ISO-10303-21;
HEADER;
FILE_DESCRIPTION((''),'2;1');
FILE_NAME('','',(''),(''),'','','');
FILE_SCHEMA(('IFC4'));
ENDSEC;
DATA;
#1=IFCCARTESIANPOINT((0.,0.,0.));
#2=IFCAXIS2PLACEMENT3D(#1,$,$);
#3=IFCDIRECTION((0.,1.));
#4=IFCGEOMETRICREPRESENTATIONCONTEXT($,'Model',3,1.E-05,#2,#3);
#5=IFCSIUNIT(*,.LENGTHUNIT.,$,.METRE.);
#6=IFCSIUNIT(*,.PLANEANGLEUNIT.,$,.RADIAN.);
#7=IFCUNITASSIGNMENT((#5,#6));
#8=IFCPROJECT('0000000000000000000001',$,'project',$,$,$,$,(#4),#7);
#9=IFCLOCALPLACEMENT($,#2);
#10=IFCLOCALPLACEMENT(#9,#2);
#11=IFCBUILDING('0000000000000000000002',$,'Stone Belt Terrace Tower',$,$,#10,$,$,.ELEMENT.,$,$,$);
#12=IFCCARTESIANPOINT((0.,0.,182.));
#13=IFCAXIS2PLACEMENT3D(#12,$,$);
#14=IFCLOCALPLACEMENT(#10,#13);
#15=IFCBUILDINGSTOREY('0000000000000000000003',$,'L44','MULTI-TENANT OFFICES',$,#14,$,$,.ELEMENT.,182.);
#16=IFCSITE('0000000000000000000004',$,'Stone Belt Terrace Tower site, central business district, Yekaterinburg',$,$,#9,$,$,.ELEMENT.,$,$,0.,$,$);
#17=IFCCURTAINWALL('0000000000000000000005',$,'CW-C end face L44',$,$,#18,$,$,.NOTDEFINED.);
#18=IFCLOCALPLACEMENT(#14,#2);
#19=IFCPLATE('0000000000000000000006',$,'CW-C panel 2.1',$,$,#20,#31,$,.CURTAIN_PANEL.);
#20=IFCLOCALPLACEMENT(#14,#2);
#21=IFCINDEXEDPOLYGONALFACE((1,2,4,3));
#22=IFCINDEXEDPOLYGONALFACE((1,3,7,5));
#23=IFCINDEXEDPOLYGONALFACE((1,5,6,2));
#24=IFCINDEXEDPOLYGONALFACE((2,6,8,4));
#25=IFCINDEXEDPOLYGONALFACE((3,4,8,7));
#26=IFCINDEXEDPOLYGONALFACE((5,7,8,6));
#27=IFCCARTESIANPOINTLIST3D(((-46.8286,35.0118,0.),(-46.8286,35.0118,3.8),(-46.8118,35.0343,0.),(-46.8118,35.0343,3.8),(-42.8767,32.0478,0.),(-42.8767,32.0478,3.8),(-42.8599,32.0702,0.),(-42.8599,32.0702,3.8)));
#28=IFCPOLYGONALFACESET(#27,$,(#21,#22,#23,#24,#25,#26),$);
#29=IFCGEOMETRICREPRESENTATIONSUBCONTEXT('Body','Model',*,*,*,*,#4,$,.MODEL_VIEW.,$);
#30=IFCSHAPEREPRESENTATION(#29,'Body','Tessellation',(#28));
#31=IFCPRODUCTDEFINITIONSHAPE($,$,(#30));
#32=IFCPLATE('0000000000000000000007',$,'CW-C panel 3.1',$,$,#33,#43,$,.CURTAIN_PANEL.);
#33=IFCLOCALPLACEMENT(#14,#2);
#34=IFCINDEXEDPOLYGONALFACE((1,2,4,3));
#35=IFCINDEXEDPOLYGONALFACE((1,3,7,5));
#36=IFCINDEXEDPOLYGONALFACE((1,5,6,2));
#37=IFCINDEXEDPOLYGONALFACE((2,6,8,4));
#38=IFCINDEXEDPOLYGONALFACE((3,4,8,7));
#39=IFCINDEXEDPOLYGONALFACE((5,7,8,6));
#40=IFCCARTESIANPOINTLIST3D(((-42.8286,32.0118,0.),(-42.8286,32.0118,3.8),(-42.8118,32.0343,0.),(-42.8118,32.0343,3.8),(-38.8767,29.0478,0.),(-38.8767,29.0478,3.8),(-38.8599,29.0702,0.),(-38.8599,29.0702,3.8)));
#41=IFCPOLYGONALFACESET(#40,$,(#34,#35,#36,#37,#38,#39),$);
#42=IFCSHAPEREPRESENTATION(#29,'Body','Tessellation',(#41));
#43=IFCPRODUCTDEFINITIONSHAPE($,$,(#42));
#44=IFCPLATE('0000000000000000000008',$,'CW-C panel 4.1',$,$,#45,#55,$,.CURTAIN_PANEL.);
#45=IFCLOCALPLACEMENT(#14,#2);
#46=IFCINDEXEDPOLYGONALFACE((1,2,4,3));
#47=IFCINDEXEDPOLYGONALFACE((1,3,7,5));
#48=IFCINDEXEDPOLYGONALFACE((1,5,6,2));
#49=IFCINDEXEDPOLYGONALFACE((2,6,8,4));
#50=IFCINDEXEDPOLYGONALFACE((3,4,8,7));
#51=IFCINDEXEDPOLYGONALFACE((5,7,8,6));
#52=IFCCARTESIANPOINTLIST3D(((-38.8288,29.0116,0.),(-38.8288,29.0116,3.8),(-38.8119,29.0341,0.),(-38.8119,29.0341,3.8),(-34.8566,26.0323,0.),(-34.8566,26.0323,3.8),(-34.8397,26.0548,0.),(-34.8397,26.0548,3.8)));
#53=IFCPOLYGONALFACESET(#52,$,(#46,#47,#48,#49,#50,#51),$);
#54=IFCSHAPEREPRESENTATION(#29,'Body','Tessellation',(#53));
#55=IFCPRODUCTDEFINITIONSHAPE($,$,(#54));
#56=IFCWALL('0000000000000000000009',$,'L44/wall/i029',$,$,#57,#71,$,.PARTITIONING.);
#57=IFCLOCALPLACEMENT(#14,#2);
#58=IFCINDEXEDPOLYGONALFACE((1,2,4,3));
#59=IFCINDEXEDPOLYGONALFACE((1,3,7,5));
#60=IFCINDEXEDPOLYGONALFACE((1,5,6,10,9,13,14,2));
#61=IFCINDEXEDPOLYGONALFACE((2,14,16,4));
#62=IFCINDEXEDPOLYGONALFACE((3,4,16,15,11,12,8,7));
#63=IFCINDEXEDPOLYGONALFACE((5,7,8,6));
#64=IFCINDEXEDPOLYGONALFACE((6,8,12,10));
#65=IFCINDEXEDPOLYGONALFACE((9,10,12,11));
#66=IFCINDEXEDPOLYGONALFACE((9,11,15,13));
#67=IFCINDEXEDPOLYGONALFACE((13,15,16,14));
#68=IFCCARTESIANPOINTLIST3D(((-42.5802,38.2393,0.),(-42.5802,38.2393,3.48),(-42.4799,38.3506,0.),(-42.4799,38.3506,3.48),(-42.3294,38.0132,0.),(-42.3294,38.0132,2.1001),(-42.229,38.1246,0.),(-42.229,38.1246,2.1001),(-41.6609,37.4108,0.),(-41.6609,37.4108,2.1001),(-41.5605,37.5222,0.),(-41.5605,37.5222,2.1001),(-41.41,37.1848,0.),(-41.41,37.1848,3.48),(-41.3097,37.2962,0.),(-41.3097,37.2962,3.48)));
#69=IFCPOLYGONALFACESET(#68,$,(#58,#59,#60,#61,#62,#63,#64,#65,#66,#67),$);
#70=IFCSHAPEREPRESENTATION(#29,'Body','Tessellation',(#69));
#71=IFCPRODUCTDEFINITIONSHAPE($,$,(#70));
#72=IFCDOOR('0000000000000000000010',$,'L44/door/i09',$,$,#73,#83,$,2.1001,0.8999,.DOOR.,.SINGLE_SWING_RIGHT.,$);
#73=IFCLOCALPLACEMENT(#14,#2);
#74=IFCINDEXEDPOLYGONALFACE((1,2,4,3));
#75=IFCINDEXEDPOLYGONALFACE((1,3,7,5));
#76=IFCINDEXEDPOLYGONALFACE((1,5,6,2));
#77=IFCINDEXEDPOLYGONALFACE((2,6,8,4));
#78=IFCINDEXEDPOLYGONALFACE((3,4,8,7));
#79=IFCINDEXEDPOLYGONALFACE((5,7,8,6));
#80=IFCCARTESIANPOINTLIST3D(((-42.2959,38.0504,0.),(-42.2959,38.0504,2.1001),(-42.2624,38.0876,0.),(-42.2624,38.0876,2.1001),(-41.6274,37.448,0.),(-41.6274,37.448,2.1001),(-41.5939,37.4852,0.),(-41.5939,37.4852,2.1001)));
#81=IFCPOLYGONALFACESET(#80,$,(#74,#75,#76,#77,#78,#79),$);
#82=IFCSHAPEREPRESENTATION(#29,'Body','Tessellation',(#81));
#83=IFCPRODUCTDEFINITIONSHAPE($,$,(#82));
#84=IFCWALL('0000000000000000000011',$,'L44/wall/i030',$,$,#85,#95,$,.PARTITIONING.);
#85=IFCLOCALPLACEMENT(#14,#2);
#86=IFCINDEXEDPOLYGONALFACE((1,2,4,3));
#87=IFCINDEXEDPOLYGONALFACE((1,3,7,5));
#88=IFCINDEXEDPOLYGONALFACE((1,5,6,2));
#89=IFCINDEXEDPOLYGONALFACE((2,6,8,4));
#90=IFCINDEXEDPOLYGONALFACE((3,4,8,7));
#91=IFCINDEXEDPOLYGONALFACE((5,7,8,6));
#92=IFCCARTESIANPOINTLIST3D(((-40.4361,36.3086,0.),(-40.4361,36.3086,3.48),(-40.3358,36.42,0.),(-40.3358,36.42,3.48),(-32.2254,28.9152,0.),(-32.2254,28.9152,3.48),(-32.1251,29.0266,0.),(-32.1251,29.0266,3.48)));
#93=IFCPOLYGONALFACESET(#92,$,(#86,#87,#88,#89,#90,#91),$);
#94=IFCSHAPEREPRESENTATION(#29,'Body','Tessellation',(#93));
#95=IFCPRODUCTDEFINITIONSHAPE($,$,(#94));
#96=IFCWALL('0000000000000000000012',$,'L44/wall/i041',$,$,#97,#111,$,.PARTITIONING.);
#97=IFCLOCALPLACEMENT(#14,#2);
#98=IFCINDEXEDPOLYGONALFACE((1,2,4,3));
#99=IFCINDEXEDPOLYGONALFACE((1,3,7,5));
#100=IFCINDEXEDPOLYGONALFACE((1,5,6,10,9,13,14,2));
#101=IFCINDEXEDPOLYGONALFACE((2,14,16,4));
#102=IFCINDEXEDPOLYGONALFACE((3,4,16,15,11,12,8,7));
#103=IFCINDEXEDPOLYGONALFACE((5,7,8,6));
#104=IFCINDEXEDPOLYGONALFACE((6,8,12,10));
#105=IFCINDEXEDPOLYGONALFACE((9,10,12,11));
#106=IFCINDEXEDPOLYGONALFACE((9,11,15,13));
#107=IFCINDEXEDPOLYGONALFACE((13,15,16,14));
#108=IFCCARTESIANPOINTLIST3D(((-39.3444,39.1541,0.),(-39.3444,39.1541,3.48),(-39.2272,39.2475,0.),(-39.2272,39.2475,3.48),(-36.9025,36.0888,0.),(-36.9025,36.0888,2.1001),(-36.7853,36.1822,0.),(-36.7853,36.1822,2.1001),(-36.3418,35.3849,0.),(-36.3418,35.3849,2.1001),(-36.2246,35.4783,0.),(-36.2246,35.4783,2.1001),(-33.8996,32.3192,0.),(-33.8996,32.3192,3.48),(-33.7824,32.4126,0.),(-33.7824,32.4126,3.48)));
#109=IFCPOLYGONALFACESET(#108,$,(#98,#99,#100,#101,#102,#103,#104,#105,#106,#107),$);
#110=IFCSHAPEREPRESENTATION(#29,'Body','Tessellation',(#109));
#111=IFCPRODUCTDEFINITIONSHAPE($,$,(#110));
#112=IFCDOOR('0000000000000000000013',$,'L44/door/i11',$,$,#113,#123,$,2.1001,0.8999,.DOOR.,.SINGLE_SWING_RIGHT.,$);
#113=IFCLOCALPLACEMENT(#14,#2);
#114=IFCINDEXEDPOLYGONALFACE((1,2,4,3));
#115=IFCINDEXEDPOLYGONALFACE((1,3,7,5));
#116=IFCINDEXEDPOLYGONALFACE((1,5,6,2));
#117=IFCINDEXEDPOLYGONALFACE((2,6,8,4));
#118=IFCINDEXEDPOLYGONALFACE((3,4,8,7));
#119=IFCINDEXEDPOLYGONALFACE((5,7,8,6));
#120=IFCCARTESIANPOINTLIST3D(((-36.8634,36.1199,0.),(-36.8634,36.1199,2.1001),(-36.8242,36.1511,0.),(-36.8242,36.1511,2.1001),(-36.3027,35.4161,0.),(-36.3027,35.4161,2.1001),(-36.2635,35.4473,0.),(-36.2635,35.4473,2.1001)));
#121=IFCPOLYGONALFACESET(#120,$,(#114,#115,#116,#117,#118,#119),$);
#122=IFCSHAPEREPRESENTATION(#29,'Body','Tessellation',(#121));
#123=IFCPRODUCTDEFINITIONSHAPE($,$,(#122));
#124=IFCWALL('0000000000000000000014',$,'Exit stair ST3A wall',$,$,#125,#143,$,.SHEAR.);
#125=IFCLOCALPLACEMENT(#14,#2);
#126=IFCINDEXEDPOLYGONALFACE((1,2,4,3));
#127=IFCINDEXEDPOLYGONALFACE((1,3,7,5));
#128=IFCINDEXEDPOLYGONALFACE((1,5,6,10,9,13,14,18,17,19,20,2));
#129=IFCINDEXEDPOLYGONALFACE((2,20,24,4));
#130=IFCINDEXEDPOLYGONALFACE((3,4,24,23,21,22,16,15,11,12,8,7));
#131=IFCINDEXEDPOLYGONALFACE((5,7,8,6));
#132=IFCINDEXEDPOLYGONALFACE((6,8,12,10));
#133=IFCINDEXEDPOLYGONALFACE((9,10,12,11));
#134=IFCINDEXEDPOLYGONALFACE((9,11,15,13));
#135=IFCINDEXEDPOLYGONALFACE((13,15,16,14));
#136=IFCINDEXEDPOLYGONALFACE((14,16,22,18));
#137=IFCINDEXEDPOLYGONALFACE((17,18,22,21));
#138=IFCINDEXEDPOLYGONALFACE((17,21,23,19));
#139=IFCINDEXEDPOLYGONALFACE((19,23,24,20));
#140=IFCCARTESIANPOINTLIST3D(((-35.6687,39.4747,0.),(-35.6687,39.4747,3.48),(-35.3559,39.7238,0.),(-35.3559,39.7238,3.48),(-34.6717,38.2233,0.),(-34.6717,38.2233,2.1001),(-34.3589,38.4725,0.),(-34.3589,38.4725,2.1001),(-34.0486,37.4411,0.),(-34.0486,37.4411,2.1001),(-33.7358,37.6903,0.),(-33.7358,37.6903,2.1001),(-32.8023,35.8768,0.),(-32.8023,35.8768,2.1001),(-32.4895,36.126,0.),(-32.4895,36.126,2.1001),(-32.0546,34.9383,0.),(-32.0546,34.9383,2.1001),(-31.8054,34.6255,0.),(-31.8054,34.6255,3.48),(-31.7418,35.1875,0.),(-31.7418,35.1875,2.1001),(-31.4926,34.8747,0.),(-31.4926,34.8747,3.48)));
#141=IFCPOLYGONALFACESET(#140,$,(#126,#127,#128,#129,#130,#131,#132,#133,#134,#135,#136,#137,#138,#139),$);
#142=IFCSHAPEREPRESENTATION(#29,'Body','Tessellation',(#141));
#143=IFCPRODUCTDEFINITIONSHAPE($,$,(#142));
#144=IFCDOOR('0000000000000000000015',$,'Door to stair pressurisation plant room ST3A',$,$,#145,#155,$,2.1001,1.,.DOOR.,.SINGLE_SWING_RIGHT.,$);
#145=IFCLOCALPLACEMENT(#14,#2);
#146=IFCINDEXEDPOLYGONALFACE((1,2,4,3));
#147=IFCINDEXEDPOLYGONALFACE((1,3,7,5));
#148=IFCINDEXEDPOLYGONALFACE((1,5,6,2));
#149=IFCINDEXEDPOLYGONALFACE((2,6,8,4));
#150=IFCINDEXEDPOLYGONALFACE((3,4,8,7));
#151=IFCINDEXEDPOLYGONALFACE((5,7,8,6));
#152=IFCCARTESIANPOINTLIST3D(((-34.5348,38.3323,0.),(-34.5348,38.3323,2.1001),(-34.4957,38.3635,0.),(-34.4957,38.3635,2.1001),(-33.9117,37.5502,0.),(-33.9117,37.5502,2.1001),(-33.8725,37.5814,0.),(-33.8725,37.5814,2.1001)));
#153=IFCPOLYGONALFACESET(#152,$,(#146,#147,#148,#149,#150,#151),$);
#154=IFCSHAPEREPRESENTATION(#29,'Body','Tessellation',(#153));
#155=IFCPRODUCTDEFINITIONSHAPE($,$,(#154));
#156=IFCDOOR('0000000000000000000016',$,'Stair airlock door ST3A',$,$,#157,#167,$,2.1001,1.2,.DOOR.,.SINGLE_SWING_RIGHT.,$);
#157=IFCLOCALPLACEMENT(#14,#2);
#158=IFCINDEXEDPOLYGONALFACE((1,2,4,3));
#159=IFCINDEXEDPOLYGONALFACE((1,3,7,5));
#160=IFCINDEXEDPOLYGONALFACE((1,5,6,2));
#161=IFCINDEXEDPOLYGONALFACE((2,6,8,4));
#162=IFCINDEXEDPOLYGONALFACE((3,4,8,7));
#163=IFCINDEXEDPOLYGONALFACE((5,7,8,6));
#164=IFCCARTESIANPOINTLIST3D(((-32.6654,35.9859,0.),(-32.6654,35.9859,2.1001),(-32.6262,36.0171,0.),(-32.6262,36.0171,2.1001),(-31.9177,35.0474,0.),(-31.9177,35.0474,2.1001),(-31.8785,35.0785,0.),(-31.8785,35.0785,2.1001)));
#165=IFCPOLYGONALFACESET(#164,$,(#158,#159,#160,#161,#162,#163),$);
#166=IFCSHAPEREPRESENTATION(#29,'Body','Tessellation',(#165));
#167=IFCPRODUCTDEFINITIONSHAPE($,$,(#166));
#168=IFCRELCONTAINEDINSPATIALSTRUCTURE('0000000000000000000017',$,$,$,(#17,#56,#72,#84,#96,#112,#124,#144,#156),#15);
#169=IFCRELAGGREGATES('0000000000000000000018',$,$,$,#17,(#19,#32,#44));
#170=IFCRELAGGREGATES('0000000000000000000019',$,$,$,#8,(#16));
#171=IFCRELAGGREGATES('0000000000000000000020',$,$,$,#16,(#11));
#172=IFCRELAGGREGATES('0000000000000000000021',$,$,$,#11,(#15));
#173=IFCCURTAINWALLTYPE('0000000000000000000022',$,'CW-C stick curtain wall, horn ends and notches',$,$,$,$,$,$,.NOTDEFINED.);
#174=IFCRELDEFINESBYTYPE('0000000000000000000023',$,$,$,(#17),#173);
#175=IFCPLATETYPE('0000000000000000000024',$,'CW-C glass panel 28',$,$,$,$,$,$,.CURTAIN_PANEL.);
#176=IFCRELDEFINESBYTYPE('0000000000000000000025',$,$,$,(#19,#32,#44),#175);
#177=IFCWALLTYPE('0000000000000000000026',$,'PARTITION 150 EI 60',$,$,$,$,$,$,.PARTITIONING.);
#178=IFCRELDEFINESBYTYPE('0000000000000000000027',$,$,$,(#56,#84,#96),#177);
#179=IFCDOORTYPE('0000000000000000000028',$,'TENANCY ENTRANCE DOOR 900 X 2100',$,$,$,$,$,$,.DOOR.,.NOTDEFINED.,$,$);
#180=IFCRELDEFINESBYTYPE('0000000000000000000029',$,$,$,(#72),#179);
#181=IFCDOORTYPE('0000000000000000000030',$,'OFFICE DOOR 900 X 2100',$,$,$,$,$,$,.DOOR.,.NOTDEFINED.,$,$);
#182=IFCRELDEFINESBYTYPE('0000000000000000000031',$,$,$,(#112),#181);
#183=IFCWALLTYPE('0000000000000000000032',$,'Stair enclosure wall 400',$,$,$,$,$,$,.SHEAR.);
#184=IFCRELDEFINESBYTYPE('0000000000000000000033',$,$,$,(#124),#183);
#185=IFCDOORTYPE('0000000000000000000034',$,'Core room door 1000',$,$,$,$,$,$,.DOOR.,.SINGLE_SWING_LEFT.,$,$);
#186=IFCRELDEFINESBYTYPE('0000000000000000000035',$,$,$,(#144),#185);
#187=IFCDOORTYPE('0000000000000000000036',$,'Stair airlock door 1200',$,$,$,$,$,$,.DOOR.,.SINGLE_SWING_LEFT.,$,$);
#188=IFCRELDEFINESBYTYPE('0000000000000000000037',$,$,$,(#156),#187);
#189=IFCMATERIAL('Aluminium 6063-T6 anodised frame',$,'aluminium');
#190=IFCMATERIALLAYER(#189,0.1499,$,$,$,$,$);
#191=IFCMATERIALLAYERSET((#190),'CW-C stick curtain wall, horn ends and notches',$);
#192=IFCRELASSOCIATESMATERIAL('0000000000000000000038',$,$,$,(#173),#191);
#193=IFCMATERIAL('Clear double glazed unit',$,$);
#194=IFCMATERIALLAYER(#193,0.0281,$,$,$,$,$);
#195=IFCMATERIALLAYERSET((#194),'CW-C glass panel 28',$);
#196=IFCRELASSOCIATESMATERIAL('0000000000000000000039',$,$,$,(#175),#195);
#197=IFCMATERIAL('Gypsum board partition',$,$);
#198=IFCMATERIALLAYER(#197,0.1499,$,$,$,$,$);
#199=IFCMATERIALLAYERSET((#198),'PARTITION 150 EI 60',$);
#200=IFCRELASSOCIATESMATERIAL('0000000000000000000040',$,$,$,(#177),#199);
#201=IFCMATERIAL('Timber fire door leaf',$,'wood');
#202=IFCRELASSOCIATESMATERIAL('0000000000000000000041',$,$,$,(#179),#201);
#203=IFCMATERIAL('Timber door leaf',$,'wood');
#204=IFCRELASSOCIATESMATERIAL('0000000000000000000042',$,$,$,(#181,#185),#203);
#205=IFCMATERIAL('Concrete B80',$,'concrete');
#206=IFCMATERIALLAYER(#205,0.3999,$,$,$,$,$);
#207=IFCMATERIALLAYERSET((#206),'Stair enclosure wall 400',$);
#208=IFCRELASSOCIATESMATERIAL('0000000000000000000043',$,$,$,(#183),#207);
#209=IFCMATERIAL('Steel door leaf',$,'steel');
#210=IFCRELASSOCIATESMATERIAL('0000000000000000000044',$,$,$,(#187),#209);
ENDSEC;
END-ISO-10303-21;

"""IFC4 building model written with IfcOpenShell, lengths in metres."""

from ifc_helpers import new_model, si_unit, direction, frame, frame_2d, origin, origin_2d, place, context, subcontext, project, spatial, rectangle, extrude, material, layer, layer_set, type_object, element, fill, aggregate, save


model = new_model("IFC4")

# Units and contexts
model_context = context("Model", 3, precision=1e-05, world=origin(), true_north=direction((0.0, 1.0)))
body_context = subcontext(model_context, "Body", "Model", "MODEL_VIEW")
ifc_project = project(units=[si_unit("LENGTHUNIT", "METRE"), si_unit("PLANEANGLEUNIT", "RADIAN")], contexts=[model_context])

# Site, building, storey
site_placement = place(None, origin())
site = spatial("IfcSite", under=ifc_project, at=site_placement, Name="Stone Belt Terrace Tower site, central business district, Yekaterinburg", CompositionType="ELEMENT", RefElevation=0.0)
building_placement = place(site_placement, origin())
building = spatial("IfcBuilding", under=site, at=building_placement, Name="Stone Belt Terrace Tower", CompositionType="ELEMENT")
storey_placement = place(building_placement, frame((0.0, 0.0, 182.0)))
storey = spatial("IfcBuildingStorey", under=building, at=storey_placement, Name="L44", Description="MULTI-TENANT OFFICES", CompositionType="ELEMENT", Elevation=182.0)

# Shared definitions
ifc_material_1 = material(Name="Concrete B80", Category="concrete")

# Curtain wall
ifc_material_2 = material(Name="Aluminium 6063-T6 anodised frame", Category="aluminium")
ifc_layer_1 = layer(ifc_material_2, 0.1499)
ifc_layer_set_1 = layer_set([ifc_layer_1], Name="CW-C stick curtain wall, horn ends and notches")
curtain_wall_type_1 = type_object("IfcCurtainWallType", Name="CW-C stick curtain wall, horn ends and notches", PredefinedType="NOTDEFINED", material=ifc_layer_set_1)
curtain_wall_1_placement = place(storey_placement, origin())
curtain_wall_1 = element("IfcCurtainWall", 1, at=curtain_wall_1_placement, inside=storey, type_object=curtain_wall_type_1, Name="CW-C end face L44", PredefinedType="NOTDEFINED")

# Plates
ifc_material_3 = material(Name="Clear double glazed unit")
ifc_layer_2 = layer(ifc_material_3, 0.0281)
ifc_layer_set_2 = layer_set([ifc_layer_2], Name="CW-C glass panel 28")
plate_type_1 = type_object("IfcPlateType", Name="CW-C glass panel 28", PredefinedType="CURTAIN_PANEL", material=ifc_layer_set_2)
plate_1_placement = place(storey_placement, frame((-44.8442, 33.541, 0.0), z_axis=(0.0, 0.0, 1.0), x_axis=(0.799987, -0.600018, 0.0)))
plate_1 = element("IfcPlate", 2, at=plate_1_placement, type_object=plate_type_1, Name="CW-C panel 2.1", PredefinedType="CURTAIN_PANEL", context=body_context, shape_type="SweptSolid", body=[
    extrude(rectangle(XDim=4.9399, YDim=0.0281, at=origin_2d()), origin(), (0.0, 0.0, 1.0), 3.8),
])
plate_2_placement = place(storey_placement, frame((-40.8442, 30.541, 0.0), z_axis=(0.0, 0.0, 1.0), x_axis=(0.799987, -0.600018, 0.0)))
plate_2 = element("IfcPlate", 3, at=plate_2_placement, type_object=plate_type_1, Name="CW-C panel 3.1", PredefinedType="CURTAIN_PANEL", context=body_context, shape_type="SweptSolid", body=[
    extrude(rectangle(XDim=4.9399, YDim=0.0281, at=origin_2d()), origin(), (0.0, 0.0, 1.0), 3.8),
])
plate_3_placement = place(storey_placement, frame((-36.8342, 27.5332, 0.0), z_axis=(0.0, 0.0, 1.0), x_axis=(0.799987, -0.600018, 0.0)))
plate_3 = element("IfcPlate", 4, at=plate_3_placement, type_object=plate_type_1, Name="CW-C panel 4.1", PredefinedType="CURTAIN_PANEL", context=body_context, shape_type="SweptSolid", body=[
    extrude(rectangle(XDim=4.9653, YDim=0.0281, at=origin_2d()), origin(), (0.0, 0.0, 1.0), 3.8),
])
aggregate(curtain_wall_1, [plate_1, plate_2, plate_3])

# Wall, opening, door
ifc_material_4 = material(Name="Gypsum board partition")
ifc_layer_3 = layer(ifc_material_4, 0.1499)
ifc_layer_set_3 = layer_set([ifc_layer_3], Name="PARTITION 150 EI 60")
wall_type_1 = type_object("IfcWallType", Name="PARTITION 150 EI 60", PredefinedType="PARTITIONING", material=ifc_layer_set_3)
wall_1_placement = place(storey_placement, frame((-41.3599, 37.2405, 0.0), z_axis=(0.0, 0.0, 1.0), x_axis=(-0.742886, 0.669418, 0.0)))
wall_1 = element("IfcWall", 5, at=wall_1_placement, inside=storey, type_object=wall_type_1, Name="L44/wall/i029", PredefinedType="PARTITIONING", context=body_context, shape_type="SweptSolid", body=[
    extrude(rectangle(XDim=1.5752, YDim=0.1499, at=frame_2d((0.7876, 0.0))), origin(), (0.0, 0.0, 1.0), 3.48),
])
opening_1_placement = place(wall_1_placement, frame((0.3376, 0.0, 0.0)))
opening_1 = element("IfcOpeningElement", 6, at=opening_1_placement, cuts=wall_1, PredefinedType="OPENING", context=body_context, shape_type="SweptSolid", body=[
    extrude(rectangle(XDim=0.8999, YDim=2.1001, at=frame_2d((0.45, 1.05))), frame((0.0, 0.085, 0.0), z_axis=(0.0, -1.0, 0.0), x_axis=(1.0, 0.0, 0.0)), (0.0, 0.0, 1.0), 0.1699),
])
ifc_material_5 = material(Name="Timber fire door leaf", Category="wood")
door_type_1 = type_object("IfcDoorType", Name="TENANCY ENTRANCE DOOR 900 X 2100", OperationType="NOTDEFINED", PredefinedType="DOOR", material=ifc_material_5)
door_1_placement = place(opening_1_placement, origin())
door_1 = element("IfcDoor", 7, at=door_1_placement, inside=storey, type_object=door_type_1, Name="L44/door/i09", OperationType="SINGLE_SWING_RIGHT", OverallHeight=2.1001, OverallWidth=0.8999, PredefinedType="DOOR", context=body_context, shape_type="SweptSolid", body=[
    extrude(rectangle(XDim=0.8999, YDim=2.1001, at=frame_2d((0.45, 1.05))), frame((0.0, 0.0249, 0.0), z_axis=(0.0, -1.0, 0.0), x_axis=(1.0, 0.0, 0.0)), (0.0, 0.0, 1.0), 0.05),
])
fill(opening_1, door_1)

# Wall
wall_2_placement = place(storey_placement, frame((-40.386, 36.3643, 0.0), z_axis=(0.0, 0.0, 1.0), x_axis=(0.743128, -0.669149, 0.0)))
element("IfcWall", 8, at=wall_2_placement, inside=storey, type_object=wall_type_1, Name="L44/wall/i030", PredefinedType="PARTITIONING", context=body_context, shape_type="SweptSolid", body=[
    extrude(rectangle(XDim=11.0488, YDim=0.1499, at=frame_2d((5.5244, 0.0))), origin(), (0.0, 0.0, 1.0), 3.48),
])

# Wall, opening, door
wall_3_placement = place(storey_placement, frame((-33.8411, 32.366, 0.0), z_axis=(0.0, 0.0, 1.0), x_axis=(-0.623079, 0.782159, 0.0)))
wall_3 = element("IfcWall", 9, at=wall_3_placement, inside=storey, type_object=wall_type_1, Name="L44/wall/i041", PredefinedType="PARTITIONING", context=body_context, shape_type="SweptSolid", body=[
    extrude(rectangle(XDim=8.7385, YDim=0.1499, at=frame_2d((4.3691, 0.0))), origin(), (0.0, 0.0, 1.0), 3.48),
])
opening_2_placement = place(wall_3_placement, frame((3.9194, 0.0, 0.0)))
opening_2 = element("IfcOpeningElement", 10, at=opening_2_placement, cuts=wall_3, PredefinedType="OPENING", context=body_context, shape_type="SweptSolid", body=[
    extrude(rectangle(XDim=0.8999, YDim=2.1001, at=frame_2d((0.45, 1.05))), frame((0.0, 0.085, 0.0), z_axis=(0.0, -1.0, 0.0), x_axis=(1.0, 0.0, 0.0)), (0.0, 0.0, 1.0), 0.1699),
])
ifc_material_6 = material(Name="Timber door leaf", Category="wood")
door_type_2 = type_object("IfcDoorType", Name="OFFICE DOOR 900 X 2100", OperationType="NOTDEFINED", PredefinedType="DOOR", material=ifc_material_6)
door_2_placement = place(opening_2_placement, origin())
door_2 = element("IfcDoor", 11, at=door_2_placement, inside=storey, type_object=door_type_2, Name="L44/door/i11", OperationType="SINGLE_SWING_RIGHT", OverallHeight=2.1001, OverallWidth=0.8999, PredefinedType="DOOR", context=body_context, shape_type="SweptSolid", body=[
    extrude(rectangle(XDim=0.8999, YDim=2.1001, at=frame_2d((0.45, 1.05))), frame((0.0, 0.0249, 0.0), z_axis=(0.0, -1.0, 0.0), x_axis=(1.0, 0.0, 0.0)), (0.0, 0.0, 1.0), 0.05),
])
fill(opening_2, door_2)

# Wall, openings, doors
ifc_layer_4 = layer(ifc_material_1, 0.3999)
ifc_layer_set_4 = layer_set([ifc_layer_4], Name="Stair enclosure wall 400")
wall_type_2 = type_object("IfcWallType", Name="Stair enclosure wall 400", PredefinedType="SHEAR", material=ifc_layer_set_4)
wall_4_placement = place(storey_placement, frame((-31.6489, 34.75, 0.0), z_axis=(0.0, 0.0, 1.0), x_axis=(-0.623119, 0.782127, 0.0)))
wall_4 = element("IfcWall", 12, at=wall_4_placement, inside=storey, type_object=wall_type_2, Name="Exit stair ST3A wall", PredefinedType="SHEAR", context=body_context, shape_type="SweptSolid", body=[
    extrude(rectangle(XDim=6.2, YDim=0.3999, at=frame_2d((3.1001, 0.0))), origin(), (0.0, 0.0, 1.0), 3.48),
])
opening_3_placement = place(wall_4_placement, frame((0.3999, 0.0, 0.0)))
opening_3 = element("IfcOpeningElement", 13, at=opening_3_placement, cuts=wall_4, PredefinedType="OPENING", context=body_context, shape_type="SweptSolid", body=[
    extrude(rectangle(XDim=1.2, YDim=2.1001, at=frame_2d((0.6001, 1.05))), frame((0.0, 0.21, 0.0), z_axis=(0.0, -1.0, 0.0), x_axis=(1.0, 0.0, 0.0)), (0.0, 0.0, 1.0), 0.4199),
])
opening_4_placement = place(wall_4_placement, frame((3.6001, 0.0, 0.0)))
opening_4 = element("IfcOpeningElement", 14, at=opening_4_placement, cuts=wall_4, PredefinedType="OPENING", context=body_context, shape_type="SweptSolid", body=[
    extrude(rectangle(XDim=1.0, YDim=2.1001, at=frame_2d((0.5, 1.05))), frame((0.0, 0.21, 0.0), z_axis=(0.0, -1.0, 0.0), x_axis=(1.0, 0.0, 0.0)), (0.0, 0.0, 1.0), 0.4199),
])
door_type_3 = type_object("IfcDoorType", Name="Core room door 1000", OperationType="SINGLE_SWING_LEFT", PredefinedType="DOOR", material=ifc_material_6)
door_3_placement = place(opening_4_placement, origin())
door_3 = element("IfcDoor", 15, at=door_3_placement, inside=storey, type_object=door_type_3, Name="Door to stair pressurisation plant room ST3A", OperationType="SINGLE_SWING_RIGHT", OverallHeight=2.1001, OverallWidth=1.0, PredefinedType="DOOR", context=body_context, shape_type="SweptSolid", body=[
    extrude(rectangle(XDim=1.0, YDim=2.1001, at=frame_2d((0.5, 1.05))), frame((0.0, 0.0249, 0.0), z_axis=(0.0, -1.0, 0.0), x_axis=(1.0, 0.0, 0.0)), (0.0, 0.0, 1.0), 0.05),
])
fill(opening_4, door_3)
ifc_material_7 = material(Name="Steel door leaf", Category="steel")
door_type_4 = type_object("IfcDoorType", Name="Stair airlock door 1200", OperationType="SINGLE_SWING_LEFT", PredefinedType="DOOR", material=ifc_material_7)
door_4_placement = place(opening_3_placement, origin())
door_4 = element("IfcDoor", 16, at=door_4_placement, inside=storey, type_object=door_type_4, Name="Stair airlock door ST3A", OperationType="SINGLE_SWING_RIGHT", OverallHeight=2.1001, OverallWidth=1.2, PredefinedType="DOOR", context=body_context, shape_type="SweptSolid", body=[
    extrude(rectangle(XDim=1.2, YDim=2.1001, at=frame_2d((0.6001, 1.05))), frame((0.0, 0.0249, 0.0), z_axis=(0.0, -1.0, 0.0), x_axis=(1.0, 0.0, 0.0)), (0.0, 0.0, 1.0), 0.05),
])
fill(opening_3, door_4)

save(model, "model.ifc")
